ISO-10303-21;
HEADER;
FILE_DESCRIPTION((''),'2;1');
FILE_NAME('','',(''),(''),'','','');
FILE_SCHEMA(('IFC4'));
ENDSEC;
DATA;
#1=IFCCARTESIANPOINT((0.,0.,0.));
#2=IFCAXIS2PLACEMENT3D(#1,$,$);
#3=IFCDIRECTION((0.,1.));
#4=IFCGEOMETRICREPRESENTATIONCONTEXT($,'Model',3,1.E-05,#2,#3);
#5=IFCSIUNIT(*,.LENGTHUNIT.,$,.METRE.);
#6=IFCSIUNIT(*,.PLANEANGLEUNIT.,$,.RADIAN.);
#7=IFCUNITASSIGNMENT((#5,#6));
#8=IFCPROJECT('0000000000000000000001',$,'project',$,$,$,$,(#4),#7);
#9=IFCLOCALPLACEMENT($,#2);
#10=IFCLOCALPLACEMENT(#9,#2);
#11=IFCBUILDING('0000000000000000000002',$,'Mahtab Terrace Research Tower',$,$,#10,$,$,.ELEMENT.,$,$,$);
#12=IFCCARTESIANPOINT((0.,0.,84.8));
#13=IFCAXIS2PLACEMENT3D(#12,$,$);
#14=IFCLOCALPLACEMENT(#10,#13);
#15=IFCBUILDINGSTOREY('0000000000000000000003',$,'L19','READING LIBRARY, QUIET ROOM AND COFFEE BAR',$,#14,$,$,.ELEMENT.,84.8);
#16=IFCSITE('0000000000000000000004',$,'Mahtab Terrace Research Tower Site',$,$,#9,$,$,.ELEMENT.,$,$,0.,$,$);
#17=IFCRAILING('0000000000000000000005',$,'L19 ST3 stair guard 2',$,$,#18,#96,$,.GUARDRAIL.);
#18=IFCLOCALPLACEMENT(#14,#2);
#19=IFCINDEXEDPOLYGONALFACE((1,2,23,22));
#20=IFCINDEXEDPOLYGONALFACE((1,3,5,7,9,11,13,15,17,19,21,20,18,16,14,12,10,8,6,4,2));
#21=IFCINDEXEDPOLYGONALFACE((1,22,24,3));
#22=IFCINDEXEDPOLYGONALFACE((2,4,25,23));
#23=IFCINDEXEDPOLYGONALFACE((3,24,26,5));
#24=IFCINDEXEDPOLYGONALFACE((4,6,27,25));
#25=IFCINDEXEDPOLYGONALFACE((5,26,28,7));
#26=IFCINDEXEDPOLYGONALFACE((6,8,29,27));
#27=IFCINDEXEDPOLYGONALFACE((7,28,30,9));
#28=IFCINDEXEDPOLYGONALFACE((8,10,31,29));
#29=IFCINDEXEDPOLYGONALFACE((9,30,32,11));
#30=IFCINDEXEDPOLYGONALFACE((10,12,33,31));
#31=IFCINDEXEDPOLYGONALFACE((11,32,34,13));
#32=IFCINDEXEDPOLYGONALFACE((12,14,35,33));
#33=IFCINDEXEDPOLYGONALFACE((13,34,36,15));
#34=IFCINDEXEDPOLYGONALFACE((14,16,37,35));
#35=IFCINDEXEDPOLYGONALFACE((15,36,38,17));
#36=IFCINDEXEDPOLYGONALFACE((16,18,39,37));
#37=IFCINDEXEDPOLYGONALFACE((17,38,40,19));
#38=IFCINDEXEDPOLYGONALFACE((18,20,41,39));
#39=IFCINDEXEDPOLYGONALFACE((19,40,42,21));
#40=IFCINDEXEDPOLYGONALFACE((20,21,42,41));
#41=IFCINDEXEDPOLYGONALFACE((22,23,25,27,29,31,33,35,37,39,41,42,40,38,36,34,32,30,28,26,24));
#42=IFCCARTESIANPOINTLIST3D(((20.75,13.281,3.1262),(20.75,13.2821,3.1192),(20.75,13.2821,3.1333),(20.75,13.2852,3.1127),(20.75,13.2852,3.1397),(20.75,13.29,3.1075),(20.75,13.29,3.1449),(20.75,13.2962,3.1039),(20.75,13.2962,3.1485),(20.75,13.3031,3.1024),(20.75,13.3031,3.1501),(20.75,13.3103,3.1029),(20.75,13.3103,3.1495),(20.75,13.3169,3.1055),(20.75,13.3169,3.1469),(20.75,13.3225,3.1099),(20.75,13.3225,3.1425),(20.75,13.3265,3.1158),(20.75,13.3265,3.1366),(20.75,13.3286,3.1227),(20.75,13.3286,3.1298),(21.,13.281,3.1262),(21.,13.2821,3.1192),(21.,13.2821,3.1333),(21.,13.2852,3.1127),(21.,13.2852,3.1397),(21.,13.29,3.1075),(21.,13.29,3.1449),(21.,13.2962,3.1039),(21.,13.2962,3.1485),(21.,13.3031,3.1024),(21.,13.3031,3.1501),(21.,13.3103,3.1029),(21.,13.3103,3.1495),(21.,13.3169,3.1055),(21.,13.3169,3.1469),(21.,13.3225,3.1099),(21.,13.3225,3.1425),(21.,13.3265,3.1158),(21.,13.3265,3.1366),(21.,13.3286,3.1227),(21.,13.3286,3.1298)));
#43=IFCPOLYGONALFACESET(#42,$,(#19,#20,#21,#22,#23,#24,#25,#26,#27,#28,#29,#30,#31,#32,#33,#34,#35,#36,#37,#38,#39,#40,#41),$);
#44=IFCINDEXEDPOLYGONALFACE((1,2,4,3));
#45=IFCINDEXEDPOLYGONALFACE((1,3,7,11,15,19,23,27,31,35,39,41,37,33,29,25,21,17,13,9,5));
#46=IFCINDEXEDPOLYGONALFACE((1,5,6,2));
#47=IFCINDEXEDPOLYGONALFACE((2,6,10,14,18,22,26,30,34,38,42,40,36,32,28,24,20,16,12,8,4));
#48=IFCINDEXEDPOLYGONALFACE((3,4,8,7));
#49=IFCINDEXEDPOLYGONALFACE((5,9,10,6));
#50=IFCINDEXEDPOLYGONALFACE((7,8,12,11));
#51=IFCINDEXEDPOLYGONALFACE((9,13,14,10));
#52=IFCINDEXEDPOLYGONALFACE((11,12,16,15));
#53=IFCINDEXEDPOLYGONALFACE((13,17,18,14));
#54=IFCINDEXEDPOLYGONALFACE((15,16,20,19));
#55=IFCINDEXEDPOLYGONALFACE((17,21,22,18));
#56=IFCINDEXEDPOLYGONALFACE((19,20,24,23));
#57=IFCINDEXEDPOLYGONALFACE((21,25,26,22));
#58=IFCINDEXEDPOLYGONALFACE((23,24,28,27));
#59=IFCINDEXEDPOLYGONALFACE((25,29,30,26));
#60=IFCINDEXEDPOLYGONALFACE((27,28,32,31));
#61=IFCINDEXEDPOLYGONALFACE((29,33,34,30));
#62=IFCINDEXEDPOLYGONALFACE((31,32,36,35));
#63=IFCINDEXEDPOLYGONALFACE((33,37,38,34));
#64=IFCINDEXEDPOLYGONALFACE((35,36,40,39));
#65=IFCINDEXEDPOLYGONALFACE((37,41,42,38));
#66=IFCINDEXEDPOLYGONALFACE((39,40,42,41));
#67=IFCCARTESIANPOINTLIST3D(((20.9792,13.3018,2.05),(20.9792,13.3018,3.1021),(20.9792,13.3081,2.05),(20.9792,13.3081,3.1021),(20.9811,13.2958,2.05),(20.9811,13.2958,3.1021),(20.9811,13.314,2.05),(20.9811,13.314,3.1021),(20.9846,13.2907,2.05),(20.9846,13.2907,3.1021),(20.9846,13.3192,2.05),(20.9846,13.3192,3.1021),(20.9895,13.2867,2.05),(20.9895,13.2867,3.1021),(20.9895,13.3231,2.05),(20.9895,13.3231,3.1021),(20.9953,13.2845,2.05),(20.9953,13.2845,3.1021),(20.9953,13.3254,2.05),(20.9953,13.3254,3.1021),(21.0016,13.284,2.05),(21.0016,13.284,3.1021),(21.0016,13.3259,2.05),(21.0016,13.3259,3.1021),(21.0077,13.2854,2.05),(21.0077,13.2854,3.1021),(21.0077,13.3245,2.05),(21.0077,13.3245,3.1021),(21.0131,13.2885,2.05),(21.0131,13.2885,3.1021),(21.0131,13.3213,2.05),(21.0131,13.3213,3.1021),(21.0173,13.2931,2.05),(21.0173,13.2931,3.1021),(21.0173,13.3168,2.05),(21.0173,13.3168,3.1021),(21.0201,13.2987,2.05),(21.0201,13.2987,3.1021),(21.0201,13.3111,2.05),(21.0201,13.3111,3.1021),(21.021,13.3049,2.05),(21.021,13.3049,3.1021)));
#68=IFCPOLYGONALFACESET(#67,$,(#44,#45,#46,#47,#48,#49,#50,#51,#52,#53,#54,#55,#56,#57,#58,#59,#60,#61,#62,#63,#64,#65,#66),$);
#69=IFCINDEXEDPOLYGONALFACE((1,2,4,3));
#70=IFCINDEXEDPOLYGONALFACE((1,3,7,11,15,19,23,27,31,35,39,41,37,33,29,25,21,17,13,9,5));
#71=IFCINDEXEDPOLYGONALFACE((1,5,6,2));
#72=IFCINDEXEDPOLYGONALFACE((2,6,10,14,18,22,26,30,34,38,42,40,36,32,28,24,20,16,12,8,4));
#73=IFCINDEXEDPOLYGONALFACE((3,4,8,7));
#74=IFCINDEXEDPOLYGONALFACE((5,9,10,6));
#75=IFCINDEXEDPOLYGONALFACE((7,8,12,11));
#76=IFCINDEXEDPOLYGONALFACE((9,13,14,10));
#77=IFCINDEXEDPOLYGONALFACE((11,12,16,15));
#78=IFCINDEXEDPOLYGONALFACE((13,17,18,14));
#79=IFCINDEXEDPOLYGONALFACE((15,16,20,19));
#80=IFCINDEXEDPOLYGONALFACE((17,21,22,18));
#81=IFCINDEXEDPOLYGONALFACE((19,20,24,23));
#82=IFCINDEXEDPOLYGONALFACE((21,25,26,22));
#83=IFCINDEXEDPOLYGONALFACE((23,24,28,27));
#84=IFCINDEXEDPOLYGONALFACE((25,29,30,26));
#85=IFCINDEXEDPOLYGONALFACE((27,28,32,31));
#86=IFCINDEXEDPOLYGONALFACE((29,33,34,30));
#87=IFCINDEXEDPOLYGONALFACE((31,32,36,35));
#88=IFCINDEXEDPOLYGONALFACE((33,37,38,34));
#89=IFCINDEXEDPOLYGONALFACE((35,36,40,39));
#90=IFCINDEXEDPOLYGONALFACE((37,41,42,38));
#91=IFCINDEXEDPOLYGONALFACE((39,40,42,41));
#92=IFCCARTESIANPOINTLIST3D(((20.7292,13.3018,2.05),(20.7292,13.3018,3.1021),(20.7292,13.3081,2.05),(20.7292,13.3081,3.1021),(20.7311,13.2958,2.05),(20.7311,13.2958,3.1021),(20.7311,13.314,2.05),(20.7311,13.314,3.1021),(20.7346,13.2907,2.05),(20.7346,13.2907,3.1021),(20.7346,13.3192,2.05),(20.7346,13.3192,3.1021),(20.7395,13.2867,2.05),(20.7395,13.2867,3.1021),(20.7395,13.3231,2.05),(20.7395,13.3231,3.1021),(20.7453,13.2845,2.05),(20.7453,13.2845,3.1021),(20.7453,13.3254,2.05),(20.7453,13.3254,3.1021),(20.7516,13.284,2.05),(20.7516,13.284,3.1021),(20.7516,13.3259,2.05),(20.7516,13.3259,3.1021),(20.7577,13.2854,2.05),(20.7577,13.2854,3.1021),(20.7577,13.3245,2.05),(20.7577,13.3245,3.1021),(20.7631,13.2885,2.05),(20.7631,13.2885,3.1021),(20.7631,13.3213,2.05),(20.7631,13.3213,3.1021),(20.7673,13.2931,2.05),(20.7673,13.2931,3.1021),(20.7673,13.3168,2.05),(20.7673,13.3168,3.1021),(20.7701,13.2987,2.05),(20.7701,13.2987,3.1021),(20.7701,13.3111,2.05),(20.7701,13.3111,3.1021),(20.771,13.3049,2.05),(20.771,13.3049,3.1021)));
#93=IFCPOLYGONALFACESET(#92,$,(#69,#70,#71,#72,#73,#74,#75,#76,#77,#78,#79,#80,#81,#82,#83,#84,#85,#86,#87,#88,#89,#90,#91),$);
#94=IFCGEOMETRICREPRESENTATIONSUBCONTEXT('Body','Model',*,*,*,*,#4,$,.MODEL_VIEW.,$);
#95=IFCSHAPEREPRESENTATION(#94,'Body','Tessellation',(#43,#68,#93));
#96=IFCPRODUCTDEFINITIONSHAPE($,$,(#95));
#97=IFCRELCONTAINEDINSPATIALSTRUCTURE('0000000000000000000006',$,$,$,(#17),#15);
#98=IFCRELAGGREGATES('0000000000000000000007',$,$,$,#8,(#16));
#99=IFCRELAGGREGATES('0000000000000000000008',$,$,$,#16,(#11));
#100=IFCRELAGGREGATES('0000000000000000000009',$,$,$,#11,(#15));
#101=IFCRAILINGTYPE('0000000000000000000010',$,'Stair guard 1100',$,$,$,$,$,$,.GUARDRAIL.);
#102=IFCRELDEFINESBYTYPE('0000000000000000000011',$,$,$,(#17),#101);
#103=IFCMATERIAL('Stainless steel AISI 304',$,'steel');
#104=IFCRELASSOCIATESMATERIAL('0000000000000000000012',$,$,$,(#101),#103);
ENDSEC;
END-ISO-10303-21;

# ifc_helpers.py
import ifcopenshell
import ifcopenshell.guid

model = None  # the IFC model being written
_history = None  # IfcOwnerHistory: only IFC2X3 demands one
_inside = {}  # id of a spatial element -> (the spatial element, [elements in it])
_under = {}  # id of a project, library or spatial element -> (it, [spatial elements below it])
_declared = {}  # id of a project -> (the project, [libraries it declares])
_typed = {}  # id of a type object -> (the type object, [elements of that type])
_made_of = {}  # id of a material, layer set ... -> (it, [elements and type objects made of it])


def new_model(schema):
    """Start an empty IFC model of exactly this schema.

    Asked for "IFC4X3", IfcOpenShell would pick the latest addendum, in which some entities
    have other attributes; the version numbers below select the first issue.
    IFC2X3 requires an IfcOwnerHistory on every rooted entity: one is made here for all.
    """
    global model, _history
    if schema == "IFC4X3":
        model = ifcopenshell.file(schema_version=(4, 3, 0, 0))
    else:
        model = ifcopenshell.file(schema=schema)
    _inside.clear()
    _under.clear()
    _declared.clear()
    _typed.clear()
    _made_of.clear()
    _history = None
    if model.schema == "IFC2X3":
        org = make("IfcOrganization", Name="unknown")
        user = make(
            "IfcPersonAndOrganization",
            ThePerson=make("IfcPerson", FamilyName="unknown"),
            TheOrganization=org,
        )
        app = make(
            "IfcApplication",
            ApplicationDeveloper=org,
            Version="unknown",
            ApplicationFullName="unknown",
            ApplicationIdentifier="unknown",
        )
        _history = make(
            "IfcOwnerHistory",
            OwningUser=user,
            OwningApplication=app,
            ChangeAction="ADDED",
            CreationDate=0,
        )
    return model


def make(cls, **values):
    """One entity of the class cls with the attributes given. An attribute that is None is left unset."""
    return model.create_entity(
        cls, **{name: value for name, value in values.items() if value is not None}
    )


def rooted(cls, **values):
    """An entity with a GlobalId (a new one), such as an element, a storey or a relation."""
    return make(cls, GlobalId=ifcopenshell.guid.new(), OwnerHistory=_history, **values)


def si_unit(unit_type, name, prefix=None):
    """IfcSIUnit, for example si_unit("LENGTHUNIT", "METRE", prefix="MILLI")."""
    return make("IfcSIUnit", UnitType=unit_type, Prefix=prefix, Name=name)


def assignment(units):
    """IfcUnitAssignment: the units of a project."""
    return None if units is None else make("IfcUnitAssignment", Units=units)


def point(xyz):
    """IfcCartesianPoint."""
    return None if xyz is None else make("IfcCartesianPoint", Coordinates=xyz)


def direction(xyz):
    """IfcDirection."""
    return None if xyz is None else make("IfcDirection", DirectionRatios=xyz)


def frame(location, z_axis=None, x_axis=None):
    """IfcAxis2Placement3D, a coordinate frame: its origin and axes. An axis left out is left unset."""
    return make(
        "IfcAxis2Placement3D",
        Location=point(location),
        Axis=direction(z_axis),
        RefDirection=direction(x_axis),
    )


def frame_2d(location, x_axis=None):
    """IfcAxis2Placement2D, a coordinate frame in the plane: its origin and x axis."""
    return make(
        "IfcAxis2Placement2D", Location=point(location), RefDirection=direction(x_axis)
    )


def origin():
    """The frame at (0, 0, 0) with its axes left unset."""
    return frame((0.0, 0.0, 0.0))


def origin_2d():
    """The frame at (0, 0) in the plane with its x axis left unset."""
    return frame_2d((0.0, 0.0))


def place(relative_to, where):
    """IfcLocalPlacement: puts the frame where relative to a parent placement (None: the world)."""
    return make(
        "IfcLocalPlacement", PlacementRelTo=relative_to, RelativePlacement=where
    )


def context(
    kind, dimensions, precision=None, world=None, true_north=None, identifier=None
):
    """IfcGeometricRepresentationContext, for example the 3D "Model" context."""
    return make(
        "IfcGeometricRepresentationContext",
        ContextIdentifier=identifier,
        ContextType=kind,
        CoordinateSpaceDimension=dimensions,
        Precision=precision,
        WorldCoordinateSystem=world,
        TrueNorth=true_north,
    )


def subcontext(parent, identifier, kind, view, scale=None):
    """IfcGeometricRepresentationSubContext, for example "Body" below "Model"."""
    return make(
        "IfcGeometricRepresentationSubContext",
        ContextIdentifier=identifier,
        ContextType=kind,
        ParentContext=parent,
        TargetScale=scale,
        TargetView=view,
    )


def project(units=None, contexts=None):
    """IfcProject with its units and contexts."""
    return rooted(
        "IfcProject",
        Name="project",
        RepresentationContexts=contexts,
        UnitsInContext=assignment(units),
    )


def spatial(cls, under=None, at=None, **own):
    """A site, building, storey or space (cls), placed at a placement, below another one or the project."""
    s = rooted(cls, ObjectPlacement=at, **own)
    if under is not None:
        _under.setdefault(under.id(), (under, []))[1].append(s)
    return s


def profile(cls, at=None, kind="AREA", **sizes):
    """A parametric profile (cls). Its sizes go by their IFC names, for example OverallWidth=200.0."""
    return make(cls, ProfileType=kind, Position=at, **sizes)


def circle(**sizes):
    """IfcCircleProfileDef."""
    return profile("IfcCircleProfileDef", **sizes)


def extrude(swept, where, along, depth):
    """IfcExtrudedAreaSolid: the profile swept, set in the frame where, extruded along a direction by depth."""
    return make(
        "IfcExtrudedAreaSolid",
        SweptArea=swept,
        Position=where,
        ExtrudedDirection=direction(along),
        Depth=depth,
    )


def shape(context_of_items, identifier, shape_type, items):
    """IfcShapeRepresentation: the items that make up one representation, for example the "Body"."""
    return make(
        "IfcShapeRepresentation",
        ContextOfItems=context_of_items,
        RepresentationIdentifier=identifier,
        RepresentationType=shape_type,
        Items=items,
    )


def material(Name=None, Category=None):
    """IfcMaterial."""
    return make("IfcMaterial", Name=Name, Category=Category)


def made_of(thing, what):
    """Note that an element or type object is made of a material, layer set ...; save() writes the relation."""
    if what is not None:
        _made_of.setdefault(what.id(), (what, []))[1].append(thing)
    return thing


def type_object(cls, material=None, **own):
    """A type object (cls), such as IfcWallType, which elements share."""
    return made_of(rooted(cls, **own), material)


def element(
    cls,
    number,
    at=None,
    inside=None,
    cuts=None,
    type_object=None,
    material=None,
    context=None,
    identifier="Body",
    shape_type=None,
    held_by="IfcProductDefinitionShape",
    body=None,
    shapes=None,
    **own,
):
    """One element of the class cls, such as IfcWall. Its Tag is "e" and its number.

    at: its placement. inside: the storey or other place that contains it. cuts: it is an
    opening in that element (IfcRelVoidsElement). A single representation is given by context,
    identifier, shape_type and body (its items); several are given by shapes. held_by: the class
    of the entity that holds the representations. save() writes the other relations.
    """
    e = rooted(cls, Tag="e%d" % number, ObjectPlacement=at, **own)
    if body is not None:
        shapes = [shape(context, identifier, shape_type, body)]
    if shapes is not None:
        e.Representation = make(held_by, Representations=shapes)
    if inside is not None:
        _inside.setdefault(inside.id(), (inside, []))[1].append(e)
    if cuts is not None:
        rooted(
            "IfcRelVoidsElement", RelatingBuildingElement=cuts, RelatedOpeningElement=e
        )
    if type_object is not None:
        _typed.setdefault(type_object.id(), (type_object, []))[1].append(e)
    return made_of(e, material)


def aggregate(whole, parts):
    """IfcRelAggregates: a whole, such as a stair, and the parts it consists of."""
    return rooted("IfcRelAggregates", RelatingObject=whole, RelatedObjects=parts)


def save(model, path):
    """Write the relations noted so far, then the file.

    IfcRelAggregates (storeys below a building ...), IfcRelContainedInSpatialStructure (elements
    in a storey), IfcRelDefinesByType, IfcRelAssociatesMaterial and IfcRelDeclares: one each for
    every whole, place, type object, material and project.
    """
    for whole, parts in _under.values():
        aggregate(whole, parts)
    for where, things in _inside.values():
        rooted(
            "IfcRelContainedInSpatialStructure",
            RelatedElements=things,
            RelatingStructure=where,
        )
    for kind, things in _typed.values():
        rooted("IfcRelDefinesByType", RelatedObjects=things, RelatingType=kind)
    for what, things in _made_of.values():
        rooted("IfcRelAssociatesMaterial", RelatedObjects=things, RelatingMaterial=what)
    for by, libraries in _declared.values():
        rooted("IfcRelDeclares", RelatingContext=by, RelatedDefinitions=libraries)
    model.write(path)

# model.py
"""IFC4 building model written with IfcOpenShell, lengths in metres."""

from ifc_helpers import new_model, si_unit, direction, frame, origin, origin_2d, place, context, subcontext, project, spatial, circle, extrude, material, type_object, element, save


model = new_model("IFC4")

# Units and contexts
model_context = context("Model", 3, precision=1e-05, world=origin(), true_north=direction((0.0, 1.0)))
body_context = subcontext(model_context, "Body", "Model", "MODEL_VIEW")
ifc_project = project(units=[si_unit("LENGTHUNIT", "METRE"), si_unit("PLANEANGLEUNIT", "RADIAN")], contexts=[model_context])

# Site, building, storey
site_placement = place(None, origin())
site = spatial("IfcSite", under=ifc_project, at=site_placement, Name="Mahtab Terrace Research Tower Site", CompositionType="ELEMENT", RefElevation=0.0)
building_placement = place(site_placement, origin())
building = spatial("IfcBuilding", under=site, at=building_placement, Name="Mahtab Terrace Research Tower", CompositionType="ELEMENT")
storey_placement = place(building_placement, frame((0.0, 0.0, 84.8)))
storey = spatial("IfcBuildingStorey", under=building, at=storey_placement, Name="L19", Description="READING LIBRARY, QUIET ROOM AND COFFEE BAR", CompositionType="ELEMENT", Elevation=84.8)

# Shared definitions
ifc_material_1 = material(Name="Stainless steel AISI 304", Category="steel")

# Railing
railing_type_1 = type_object("IfcRailingType", Name="Stair guard 1100", PredefinedType="GUARDRAIL", material=ifc_material_1)
railing_1_placement = place(storey_placement, frame((21.0, 13.3049, 2.05)))
element("IfcRailing", 1, at=railing_1_placement, inside=storey, type_object=railing_type_1, Name="L19 ST3 stair guard 2", PredefinedType="GUARDRAIL", context=body_context, shape_type="SweptSolid", body=[
    extrude(circle(Radius=0.0239, at=origin_2d()), frame((0.0, 0.0, 1.0762), z_axis=(-1.0, 0.0, 0.0), x_axis=(0.0, -1.0, 0.0)), (0.0, 0.0, 1.0), 0.25),
    extrude(circle(Radius=0.021, at=origin_2d()), origin(), (0.0, 0.0, 1.0), 1.052),
    extrude(circle(Radius=0.021, at=origin_2d()), frame((-0.25, 0.0, 0.0)), (0.0, 0.0, 1.0), 1.052),
])

save(model, "model.ifc")
